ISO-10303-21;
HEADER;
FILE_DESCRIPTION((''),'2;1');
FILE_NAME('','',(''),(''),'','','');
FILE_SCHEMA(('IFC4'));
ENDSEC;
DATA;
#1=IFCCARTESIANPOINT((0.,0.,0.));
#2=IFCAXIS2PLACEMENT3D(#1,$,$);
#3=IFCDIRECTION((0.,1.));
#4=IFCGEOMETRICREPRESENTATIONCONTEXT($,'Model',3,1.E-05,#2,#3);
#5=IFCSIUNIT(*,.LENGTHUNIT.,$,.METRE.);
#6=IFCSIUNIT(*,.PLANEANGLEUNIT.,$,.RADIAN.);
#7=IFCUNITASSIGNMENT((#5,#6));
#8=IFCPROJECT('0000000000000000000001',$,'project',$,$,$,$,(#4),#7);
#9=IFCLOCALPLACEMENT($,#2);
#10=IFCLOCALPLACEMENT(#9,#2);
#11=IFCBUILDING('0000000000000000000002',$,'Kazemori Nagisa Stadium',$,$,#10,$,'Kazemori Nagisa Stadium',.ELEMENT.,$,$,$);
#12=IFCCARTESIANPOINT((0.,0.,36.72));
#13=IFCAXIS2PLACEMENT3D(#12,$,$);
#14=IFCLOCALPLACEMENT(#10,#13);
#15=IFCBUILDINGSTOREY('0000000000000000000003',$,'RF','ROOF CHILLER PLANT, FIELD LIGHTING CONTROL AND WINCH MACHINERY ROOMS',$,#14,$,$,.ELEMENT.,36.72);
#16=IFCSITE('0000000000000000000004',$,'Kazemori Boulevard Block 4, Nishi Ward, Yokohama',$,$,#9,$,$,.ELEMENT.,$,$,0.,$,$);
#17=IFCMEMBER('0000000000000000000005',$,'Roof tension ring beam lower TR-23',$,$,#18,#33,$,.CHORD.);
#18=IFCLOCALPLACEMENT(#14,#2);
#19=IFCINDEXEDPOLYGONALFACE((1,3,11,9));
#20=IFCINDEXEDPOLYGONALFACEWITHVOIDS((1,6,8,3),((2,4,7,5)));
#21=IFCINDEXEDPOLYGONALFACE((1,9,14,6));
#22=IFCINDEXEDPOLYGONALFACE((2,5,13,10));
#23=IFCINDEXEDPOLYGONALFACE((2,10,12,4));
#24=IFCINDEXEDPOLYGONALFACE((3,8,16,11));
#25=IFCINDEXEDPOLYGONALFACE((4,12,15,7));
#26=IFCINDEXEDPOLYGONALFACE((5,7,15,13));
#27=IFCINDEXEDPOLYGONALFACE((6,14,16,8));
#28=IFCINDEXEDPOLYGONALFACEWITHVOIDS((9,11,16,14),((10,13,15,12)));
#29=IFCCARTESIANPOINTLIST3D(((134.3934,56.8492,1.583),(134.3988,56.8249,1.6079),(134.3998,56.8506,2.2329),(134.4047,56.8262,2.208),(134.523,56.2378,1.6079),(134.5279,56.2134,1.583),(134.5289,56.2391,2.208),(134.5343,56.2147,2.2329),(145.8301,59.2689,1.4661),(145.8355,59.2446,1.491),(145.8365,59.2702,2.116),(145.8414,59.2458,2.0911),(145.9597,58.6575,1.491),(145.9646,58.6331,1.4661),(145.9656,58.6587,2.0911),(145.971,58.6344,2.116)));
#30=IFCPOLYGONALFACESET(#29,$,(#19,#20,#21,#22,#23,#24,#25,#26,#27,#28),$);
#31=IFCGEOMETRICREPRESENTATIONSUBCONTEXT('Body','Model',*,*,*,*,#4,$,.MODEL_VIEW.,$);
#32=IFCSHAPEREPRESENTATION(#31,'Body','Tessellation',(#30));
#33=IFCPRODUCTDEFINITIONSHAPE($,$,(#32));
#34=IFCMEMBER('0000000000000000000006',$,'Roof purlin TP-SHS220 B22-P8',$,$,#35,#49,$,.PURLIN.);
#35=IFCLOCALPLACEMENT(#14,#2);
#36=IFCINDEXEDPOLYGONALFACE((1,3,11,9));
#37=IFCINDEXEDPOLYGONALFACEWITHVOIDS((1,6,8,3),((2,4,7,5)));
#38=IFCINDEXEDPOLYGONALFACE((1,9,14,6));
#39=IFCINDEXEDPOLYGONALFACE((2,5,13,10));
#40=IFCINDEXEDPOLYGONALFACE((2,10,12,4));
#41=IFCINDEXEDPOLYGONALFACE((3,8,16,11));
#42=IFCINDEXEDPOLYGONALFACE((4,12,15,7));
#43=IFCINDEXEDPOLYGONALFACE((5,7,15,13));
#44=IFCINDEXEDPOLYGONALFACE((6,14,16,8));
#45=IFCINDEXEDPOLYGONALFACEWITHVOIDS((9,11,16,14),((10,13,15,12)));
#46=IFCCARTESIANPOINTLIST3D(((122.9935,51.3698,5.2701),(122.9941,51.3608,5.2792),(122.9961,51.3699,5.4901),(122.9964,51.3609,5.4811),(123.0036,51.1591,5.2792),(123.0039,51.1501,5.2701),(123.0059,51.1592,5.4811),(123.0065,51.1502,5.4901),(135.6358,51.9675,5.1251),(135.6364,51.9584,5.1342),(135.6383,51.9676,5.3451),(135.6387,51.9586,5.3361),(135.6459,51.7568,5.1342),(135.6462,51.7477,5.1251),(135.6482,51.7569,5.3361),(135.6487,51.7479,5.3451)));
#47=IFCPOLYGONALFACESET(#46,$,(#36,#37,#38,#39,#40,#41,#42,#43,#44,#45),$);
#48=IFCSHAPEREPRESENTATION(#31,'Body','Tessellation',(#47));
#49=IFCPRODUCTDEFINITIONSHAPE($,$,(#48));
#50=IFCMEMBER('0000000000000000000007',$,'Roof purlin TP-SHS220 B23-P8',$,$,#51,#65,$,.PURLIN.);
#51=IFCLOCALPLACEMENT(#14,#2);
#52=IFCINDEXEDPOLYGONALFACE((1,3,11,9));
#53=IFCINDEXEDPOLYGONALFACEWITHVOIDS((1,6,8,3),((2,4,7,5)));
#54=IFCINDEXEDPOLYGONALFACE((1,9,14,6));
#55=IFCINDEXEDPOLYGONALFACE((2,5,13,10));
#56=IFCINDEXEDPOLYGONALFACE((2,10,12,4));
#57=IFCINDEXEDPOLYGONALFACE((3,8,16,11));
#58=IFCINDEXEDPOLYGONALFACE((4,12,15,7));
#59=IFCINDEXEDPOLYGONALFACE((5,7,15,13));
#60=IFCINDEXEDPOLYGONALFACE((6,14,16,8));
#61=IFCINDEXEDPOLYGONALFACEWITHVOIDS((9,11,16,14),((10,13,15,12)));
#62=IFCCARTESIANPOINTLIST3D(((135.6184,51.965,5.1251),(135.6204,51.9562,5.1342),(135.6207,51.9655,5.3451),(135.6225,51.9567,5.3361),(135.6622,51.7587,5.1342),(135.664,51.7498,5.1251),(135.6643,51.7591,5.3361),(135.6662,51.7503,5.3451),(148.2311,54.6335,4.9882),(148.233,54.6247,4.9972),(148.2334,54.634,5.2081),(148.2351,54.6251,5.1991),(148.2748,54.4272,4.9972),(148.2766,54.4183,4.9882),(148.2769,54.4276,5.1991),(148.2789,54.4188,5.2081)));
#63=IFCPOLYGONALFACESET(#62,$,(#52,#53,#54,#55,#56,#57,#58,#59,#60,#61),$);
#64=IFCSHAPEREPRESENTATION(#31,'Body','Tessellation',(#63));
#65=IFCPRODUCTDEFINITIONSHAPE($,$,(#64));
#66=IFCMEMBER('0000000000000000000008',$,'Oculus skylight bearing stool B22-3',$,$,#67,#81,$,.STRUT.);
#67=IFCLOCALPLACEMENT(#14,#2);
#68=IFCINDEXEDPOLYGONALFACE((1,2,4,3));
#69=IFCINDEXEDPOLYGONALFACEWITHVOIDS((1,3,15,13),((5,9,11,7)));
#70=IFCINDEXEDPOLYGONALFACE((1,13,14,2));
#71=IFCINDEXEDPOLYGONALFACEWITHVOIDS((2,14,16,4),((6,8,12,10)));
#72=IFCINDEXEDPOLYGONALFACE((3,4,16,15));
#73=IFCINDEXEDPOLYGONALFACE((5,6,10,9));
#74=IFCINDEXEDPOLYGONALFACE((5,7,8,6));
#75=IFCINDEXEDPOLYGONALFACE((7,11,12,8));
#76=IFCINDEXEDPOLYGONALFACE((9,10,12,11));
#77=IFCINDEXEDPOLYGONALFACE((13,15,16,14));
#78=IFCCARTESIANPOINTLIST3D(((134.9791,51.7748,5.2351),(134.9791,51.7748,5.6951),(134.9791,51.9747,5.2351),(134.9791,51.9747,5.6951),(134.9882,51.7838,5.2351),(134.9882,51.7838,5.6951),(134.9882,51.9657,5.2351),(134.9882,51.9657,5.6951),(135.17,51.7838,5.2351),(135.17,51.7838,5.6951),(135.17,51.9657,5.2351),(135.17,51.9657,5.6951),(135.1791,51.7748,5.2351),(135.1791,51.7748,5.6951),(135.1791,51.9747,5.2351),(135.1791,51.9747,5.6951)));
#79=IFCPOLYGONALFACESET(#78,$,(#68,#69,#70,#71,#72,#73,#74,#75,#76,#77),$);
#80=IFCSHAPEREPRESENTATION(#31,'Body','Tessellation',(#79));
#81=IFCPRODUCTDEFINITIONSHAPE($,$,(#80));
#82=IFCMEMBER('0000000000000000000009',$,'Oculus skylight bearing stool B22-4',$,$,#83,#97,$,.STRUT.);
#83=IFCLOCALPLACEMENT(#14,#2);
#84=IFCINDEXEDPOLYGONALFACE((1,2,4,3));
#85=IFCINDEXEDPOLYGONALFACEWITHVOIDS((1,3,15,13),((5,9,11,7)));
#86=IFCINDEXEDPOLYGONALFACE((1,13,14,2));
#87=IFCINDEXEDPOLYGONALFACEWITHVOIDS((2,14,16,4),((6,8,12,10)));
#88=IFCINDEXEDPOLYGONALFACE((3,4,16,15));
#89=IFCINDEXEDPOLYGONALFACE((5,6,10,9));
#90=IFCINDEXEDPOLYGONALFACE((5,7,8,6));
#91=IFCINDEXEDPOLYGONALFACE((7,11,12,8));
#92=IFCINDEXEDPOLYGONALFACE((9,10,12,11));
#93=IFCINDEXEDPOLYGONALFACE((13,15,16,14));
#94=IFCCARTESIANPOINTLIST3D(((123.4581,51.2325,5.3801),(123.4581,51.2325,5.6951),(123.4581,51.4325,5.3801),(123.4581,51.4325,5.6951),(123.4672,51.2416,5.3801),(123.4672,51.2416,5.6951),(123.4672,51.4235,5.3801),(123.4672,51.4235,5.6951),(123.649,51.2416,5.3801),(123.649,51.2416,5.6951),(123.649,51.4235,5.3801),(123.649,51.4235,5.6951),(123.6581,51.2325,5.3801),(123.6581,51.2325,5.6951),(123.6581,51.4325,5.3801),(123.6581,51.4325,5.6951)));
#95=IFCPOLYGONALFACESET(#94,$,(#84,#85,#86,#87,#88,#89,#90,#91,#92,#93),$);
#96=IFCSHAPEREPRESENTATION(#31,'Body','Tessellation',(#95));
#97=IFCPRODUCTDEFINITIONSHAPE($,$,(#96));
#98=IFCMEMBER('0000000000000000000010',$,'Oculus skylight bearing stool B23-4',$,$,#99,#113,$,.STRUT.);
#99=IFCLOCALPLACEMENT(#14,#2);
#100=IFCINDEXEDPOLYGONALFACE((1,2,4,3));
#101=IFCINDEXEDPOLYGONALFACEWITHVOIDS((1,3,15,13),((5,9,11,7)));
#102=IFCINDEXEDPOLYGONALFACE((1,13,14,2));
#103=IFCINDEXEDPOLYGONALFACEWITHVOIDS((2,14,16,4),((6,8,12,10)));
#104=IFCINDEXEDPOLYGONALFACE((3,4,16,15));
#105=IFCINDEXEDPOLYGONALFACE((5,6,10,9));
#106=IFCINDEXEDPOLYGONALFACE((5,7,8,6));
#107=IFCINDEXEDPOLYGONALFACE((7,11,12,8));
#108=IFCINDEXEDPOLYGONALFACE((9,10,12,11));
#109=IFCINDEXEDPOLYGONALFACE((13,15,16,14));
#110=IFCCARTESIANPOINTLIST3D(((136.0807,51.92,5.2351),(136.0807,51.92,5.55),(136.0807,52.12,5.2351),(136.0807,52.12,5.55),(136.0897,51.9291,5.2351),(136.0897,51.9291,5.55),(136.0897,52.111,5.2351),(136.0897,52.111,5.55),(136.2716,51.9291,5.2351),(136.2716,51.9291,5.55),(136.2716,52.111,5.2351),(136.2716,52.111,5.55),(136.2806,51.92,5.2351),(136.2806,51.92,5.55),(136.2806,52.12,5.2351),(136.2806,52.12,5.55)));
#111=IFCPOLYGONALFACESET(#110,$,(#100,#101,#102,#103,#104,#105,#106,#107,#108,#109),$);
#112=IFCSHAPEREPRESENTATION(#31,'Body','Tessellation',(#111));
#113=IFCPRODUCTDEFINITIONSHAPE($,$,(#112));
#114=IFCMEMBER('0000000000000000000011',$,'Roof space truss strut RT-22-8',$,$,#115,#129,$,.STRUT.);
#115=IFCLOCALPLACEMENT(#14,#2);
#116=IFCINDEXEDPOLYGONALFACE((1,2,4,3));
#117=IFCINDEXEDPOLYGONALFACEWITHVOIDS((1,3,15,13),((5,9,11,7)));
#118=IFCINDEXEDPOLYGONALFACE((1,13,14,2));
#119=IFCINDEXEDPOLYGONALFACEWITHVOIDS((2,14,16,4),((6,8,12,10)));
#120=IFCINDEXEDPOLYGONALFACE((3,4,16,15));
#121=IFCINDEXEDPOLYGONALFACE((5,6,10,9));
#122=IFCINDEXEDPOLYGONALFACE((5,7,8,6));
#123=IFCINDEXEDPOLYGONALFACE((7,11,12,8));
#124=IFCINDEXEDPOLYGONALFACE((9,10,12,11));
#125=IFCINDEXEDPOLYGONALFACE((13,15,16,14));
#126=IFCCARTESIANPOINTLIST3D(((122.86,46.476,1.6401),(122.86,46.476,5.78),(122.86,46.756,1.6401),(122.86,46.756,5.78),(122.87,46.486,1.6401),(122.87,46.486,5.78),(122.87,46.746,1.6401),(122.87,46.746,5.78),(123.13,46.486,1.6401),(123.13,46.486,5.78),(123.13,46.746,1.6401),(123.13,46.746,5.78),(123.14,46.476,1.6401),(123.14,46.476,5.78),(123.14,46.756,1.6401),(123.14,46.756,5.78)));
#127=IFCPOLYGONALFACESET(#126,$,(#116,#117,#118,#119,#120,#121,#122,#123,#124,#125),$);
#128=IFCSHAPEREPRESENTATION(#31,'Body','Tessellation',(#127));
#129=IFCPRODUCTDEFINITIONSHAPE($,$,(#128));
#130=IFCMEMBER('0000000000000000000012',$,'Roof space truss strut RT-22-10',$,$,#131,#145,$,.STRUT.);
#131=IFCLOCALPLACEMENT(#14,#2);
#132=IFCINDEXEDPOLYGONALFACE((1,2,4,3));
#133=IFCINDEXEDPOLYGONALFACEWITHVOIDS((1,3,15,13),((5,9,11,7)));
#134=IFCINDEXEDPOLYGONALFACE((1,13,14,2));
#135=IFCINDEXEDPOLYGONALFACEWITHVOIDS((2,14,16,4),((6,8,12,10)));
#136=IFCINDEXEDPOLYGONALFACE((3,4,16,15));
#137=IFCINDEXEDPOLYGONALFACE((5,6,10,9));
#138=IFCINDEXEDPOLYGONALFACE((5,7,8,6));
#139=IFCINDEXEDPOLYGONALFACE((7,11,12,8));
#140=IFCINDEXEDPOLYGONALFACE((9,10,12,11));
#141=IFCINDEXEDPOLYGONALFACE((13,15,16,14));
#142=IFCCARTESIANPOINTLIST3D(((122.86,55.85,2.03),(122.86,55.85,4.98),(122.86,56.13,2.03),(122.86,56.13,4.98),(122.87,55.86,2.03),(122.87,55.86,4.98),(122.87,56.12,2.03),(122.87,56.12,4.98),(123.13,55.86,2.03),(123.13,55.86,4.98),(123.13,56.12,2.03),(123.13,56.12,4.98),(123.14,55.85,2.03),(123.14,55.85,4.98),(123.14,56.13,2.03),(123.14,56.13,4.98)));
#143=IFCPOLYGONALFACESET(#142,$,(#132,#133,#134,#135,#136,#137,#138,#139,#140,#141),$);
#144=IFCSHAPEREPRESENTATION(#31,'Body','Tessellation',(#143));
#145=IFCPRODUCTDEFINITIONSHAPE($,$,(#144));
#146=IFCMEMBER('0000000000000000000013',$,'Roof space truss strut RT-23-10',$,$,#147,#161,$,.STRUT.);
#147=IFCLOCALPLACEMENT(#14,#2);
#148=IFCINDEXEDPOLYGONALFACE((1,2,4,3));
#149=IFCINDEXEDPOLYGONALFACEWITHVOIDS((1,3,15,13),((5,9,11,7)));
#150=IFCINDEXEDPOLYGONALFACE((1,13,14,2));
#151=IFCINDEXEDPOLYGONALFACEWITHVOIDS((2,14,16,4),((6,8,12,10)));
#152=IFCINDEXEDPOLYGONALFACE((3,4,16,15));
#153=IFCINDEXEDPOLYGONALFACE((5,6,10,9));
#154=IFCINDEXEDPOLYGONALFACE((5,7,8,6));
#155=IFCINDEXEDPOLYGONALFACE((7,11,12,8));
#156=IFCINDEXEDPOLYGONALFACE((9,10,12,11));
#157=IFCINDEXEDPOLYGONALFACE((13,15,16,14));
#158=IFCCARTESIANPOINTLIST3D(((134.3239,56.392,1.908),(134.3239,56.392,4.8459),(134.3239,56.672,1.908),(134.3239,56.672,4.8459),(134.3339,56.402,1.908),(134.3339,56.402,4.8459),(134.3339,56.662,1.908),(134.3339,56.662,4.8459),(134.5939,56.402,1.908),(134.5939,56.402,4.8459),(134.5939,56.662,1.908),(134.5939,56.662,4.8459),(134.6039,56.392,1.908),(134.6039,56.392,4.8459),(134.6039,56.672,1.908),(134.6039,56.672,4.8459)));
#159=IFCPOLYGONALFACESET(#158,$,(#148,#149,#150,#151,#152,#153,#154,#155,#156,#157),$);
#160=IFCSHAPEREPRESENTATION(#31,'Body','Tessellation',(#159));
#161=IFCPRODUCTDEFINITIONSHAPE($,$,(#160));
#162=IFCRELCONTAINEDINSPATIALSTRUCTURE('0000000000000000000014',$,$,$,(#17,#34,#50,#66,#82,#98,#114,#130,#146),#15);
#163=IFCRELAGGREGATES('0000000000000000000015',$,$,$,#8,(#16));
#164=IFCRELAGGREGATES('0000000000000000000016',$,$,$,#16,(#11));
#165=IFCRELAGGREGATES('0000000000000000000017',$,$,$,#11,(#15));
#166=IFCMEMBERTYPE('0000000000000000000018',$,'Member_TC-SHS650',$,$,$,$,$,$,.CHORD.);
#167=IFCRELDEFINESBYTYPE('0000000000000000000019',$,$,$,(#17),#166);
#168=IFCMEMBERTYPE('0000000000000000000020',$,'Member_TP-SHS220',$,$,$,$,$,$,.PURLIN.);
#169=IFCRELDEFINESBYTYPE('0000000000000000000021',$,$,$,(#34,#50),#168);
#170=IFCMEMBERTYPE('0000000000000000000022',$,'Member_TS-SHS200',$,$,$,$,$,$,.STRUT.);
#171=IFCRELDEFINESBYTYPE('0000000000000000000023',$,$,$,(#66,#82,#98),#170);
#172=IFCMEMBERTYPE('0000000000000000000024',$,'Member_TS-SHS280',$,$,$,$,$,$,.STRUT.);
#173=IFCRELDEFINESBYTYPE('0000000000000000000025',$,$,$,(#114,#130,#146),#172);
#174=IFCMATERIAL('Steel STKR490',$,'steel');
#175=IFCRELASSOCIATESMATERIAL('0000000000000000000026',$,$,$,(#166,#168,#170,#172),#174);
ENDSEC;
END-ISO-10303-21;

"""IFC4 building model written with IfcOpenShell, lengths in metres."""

from ifc_helpers import new_model, si_unit, direction, frame, origin, origin_2d, place, context, subcontext, project, spatial, hollow_rectangle, extrude, material, material_profile, profile_set, type_object, element, save


model = new_model("IFC4")

# Units and contexts
model_context = context("Model", 3, precision=1e-05, world=origin(), true_north=direction((0.0, 1.0)))
body_context = subcontext(model_context, "Body", "Model", "MODEL_VIEW")
ifc_project = project(units=[si_unit("LENGTHUNIT", "METRE"), si_unit("PLANEANGLEUNIT", "RADIAN")], contexts=[model_context])

# Site, building, storey
site_placement = place(None, origin())
site = spatial("IfcSite", under=ifc_project, at=site_placement, Name="Kazemori Boulevard Block 4, Nishi Ward, Yokohama", CompositionType="ELEMENT", RefElevation=0.0)
building_placement = place(site_placement, origin())
building = spatial("IfcBuilding", under=site, at=building_placement, Name="Kazemori Nagisa Stadium", LongName="Kazemori Nagisa Stadium", CompositionType="ELEMENT")
storey_placement = place(building_placement, frame((0.0, 0.0, 36.72)))
storey = spatial("IfcBuildingStorey", under=building, at=storey_placement, Name="RF", Description="ROOF CHILLER PLANT, FIELD LIGHTING CONTROL AND WINCH MACHINERY ROOMS", CompositionType="ELEMENT", Elevation=36.72)

# Members
ifc_material = material(Name="Steel STKR490", Category="steel")
ifc_material_profile_1 = material_profile(ifc_material, hollow_rectangle(XDim=0.6499, YDim=0.6499, WallThickness=0.0249, at=origin_2d()), Name="SHS-650x650x25")
ifc_profile_set_1 = profile_set([ifc_material_profile_1], Name="Steel STKR490")
member_type_1 = type_object("IfcMemberType", Name="Member_TC-SHS650", PredefinedType="CHORD", material=ifc_profile_set_1)
member_1_placement = place(storey_placement, frame((134.4639, 56.532, 1.908), z_axis=(0.978294, 0.206978, -0.010003), x_axis=(-0.206988, 0.978343, 0.0)))
element("IfcMember", 1, at=member_1_placement, inside=storey, type_object=member_type_1, Name="Roof tension ring beam lower TR-23", PredefinedType="CHORD", context=body_context, shape_type="SweptSolid", body=[
    extrude(hollow_rectangle(XDim=0.6499, YDim=0.6499, WallThickness=0.0249, at=origin_2d()), origin(), (0.0, 0.0, 1.0), 11.6904),
])
ifc_material_profile_2 = material_profile(ifc_material, hollow_rectangle(XDim=0.22, YDim=0.22, WallThickness=0.009, at=origin_2d()), Name="SHS-220x220x9")
ifc_profile_set_2 = profile_set([ifc_material_profile_2], Name="Steel STKR490")
member_type_2 = type_object("IfcMemberType", Name="Member_TP-SHS220", PredefinedType="PURLIN", material=ifc_profile_set_2)
member_2_placement = place(storey_placement, frame((123.0, 51.26, 5.3801), z_axis=(0.998819, 0.047218, -0.011457), x_axis=(-0.047221, 0.998884, 0.0)))
element("IfcMember", 2, at=member_2_placement, inside=storey, type_object=member_type_2, Name="Roof purlin TP-SHS220 B22-P8", PredefinedType="PURLIN", context=body_context, shape_type="SweptSolid", body=[
    extrude(hollow_rectangle(XDim=0.22, YDim=0.22, WallThickness=0.009, at=origin_2d()), origin(), (0.0, 0.0, 1.0), 12.6572),
])
member_3_placement = place(storey_placement, frame((135.6423, 51.8577, 5.2351), z_axis=(0.978288, 0.206978, -0.010623), x_axis=(-0.20699, 0.978343, 0.0)))
element("IfcMember", 3, at=member_3_placement, inside=storey, type_object=member_type_2, Name="Roof purlin TP-SHS220 B23-P8", PredefinedType="PURLIN", context=body_context, shape_type="SweptSolid", body=[
    extrude(hollow_rectangle(XDim=0.22, YDim=0.22, WallThickness=0.009, at=origin_2d()), origin(), (0.0, 0.0, 1.0), 12.8926),
])
ifc_material_profile_3 = material_profile(ifc_material, hollow_rectangle(XDim=0.2, YDim=0.2, WallThickness=0.009, at=origin_2d()), Name="SHS-200x200x9")
ifc_profile_set_3 = profile_set([ifc_material_profile_3], Name="Steel STKR490")
member_type_3 = type_object("IfcMemberType", Name="Member_TS-SHS200", PredefinedType="STRUT", material=ifc_profile_set_3)
member_4_placement = place(storey_placement, frame((135.0791, 51.8748, 5.2351), z_axis=(0.0, 0.0, 1.0), x_axis=(1.0, 0.0, 0.0)))
element("IfcMember", 4, at=member_4_placement, inside=storey, type_object=member_type_3, Name="Oculus skylight bearing stool B22-3", PredefinedType="STRUT", context=body_context, shape_type="SweptSolid", body=[
    extrude(hollow_rectangle(XDim=0.2, YDim=0.2, WallThickness=0.009, at=origin_2d()), origin(), (0.0, 0.0, 1.0), 0.46),
])
for number, where, z_axis, x_axis, name in (
    (5, (123.5581, 51.3325, 5.3801), (0.0, 0.0, 1.0), (1.0, 0.0, 0.0), "Oculus skylight bearing stool B22-4"),
    (6, (136.1807, 52.02, 5.2351), (0.0, 0.0, 1.0), (1.0, 0.0, 0.0), "Oculus skylight bearing stool B23-4"),
):
    element("IfcMember", number, at=place(storey_placement, frame(where, z_axis=z_axis, x_axis=x_axis)), inside=storey, type_object=member_type_3, Name=name, PredefinedType="STRUT", context=body_context, shape_type="SweptSolid", body=[
        extrude(hollow_rectangle(XDim=0.2, YDim=0.2, WallThickness=0.009, at=origin_2d()), origin(), (0.0, 0.0, 1.0), 0.3149),
    ])
ifc_material_profile_4 = material_profile(ifc_material, hollow_rectangle(XDim=0.28, YDim=0.28, WallThickness=0.01, at=origin_2d()), Name="SHS-280x280x10")
ifc_profile_set_4 = profile_set([ifc_material_profile_4], Name="Steel STKR490")
member_type_4 = type_object("IfcMemberType", Name="Member_TS-SHS280", PredefinedType="STRUT", material=ifc_profile_set_4)
member_5_placement = place(storey_placement, frame((123.0, 46.616, 1.6401), z_axis=(0.0, 0.0, 1.0), x_axis=(1.0, 0.0, 0.0)))
element("IfcMember", 7, at=member_5_placement, inside=storey, type_object=member_type_4, Name="Roof space truss strut RT-22-8", PredefinedType="STRUT", context=body_context, shape_type="SweptSolid", body=[
    extrude(hollow_rectangle(XDim=0.28, YDim=0.28, WallThickness=0.01, at=origin_2d()), origin(), (0.0, 0.0, 1.0), 4.1399),
])
member_6_placement = place(storey_placement, frame((123.0, 55.99, 2.03), z_axis=(0.0, 0.0, 1.0), x_axis=(1.0, 0.0, 0.0)))
element("IfcMember", 8, at=member_6_placement, inside=storey, type_object=member_type_4, Name="Roof space truss strut RT-22-10", PredefinedType="STRUT", context=body_context, shape_type="SweptSolid", body=[
    extrude(hollow_rectangle(XDim=0.28, YDim=0.28, WallThickness=0.01, at=origin_2d()), origin(), (0.0, 0.0, 1.0), 2.95),
])
member_7_placement = place(storey_placement, frame((134.4639, 56.532, 1.908), z_axis=(0.0, 0.0, 1.0), x_axis=(1.0, 0.0, 0.0)))
element("IfcMember", 9, at=member_7_placement, inside=storey, type_object=member_type_4, Name="Roof space truss strut RT-23-10", PredefinedType="STRUT", context=body_context, shape_type="SweptSolid", body=[
    extrude(hollow_rectangle(XDim=0.28, YDim=0.28, WallThickness=0.01, at=origin_2d()), origin(), (0.0, 0.0, 1.0), 2.938),
])

save(model, "model.ifc")
